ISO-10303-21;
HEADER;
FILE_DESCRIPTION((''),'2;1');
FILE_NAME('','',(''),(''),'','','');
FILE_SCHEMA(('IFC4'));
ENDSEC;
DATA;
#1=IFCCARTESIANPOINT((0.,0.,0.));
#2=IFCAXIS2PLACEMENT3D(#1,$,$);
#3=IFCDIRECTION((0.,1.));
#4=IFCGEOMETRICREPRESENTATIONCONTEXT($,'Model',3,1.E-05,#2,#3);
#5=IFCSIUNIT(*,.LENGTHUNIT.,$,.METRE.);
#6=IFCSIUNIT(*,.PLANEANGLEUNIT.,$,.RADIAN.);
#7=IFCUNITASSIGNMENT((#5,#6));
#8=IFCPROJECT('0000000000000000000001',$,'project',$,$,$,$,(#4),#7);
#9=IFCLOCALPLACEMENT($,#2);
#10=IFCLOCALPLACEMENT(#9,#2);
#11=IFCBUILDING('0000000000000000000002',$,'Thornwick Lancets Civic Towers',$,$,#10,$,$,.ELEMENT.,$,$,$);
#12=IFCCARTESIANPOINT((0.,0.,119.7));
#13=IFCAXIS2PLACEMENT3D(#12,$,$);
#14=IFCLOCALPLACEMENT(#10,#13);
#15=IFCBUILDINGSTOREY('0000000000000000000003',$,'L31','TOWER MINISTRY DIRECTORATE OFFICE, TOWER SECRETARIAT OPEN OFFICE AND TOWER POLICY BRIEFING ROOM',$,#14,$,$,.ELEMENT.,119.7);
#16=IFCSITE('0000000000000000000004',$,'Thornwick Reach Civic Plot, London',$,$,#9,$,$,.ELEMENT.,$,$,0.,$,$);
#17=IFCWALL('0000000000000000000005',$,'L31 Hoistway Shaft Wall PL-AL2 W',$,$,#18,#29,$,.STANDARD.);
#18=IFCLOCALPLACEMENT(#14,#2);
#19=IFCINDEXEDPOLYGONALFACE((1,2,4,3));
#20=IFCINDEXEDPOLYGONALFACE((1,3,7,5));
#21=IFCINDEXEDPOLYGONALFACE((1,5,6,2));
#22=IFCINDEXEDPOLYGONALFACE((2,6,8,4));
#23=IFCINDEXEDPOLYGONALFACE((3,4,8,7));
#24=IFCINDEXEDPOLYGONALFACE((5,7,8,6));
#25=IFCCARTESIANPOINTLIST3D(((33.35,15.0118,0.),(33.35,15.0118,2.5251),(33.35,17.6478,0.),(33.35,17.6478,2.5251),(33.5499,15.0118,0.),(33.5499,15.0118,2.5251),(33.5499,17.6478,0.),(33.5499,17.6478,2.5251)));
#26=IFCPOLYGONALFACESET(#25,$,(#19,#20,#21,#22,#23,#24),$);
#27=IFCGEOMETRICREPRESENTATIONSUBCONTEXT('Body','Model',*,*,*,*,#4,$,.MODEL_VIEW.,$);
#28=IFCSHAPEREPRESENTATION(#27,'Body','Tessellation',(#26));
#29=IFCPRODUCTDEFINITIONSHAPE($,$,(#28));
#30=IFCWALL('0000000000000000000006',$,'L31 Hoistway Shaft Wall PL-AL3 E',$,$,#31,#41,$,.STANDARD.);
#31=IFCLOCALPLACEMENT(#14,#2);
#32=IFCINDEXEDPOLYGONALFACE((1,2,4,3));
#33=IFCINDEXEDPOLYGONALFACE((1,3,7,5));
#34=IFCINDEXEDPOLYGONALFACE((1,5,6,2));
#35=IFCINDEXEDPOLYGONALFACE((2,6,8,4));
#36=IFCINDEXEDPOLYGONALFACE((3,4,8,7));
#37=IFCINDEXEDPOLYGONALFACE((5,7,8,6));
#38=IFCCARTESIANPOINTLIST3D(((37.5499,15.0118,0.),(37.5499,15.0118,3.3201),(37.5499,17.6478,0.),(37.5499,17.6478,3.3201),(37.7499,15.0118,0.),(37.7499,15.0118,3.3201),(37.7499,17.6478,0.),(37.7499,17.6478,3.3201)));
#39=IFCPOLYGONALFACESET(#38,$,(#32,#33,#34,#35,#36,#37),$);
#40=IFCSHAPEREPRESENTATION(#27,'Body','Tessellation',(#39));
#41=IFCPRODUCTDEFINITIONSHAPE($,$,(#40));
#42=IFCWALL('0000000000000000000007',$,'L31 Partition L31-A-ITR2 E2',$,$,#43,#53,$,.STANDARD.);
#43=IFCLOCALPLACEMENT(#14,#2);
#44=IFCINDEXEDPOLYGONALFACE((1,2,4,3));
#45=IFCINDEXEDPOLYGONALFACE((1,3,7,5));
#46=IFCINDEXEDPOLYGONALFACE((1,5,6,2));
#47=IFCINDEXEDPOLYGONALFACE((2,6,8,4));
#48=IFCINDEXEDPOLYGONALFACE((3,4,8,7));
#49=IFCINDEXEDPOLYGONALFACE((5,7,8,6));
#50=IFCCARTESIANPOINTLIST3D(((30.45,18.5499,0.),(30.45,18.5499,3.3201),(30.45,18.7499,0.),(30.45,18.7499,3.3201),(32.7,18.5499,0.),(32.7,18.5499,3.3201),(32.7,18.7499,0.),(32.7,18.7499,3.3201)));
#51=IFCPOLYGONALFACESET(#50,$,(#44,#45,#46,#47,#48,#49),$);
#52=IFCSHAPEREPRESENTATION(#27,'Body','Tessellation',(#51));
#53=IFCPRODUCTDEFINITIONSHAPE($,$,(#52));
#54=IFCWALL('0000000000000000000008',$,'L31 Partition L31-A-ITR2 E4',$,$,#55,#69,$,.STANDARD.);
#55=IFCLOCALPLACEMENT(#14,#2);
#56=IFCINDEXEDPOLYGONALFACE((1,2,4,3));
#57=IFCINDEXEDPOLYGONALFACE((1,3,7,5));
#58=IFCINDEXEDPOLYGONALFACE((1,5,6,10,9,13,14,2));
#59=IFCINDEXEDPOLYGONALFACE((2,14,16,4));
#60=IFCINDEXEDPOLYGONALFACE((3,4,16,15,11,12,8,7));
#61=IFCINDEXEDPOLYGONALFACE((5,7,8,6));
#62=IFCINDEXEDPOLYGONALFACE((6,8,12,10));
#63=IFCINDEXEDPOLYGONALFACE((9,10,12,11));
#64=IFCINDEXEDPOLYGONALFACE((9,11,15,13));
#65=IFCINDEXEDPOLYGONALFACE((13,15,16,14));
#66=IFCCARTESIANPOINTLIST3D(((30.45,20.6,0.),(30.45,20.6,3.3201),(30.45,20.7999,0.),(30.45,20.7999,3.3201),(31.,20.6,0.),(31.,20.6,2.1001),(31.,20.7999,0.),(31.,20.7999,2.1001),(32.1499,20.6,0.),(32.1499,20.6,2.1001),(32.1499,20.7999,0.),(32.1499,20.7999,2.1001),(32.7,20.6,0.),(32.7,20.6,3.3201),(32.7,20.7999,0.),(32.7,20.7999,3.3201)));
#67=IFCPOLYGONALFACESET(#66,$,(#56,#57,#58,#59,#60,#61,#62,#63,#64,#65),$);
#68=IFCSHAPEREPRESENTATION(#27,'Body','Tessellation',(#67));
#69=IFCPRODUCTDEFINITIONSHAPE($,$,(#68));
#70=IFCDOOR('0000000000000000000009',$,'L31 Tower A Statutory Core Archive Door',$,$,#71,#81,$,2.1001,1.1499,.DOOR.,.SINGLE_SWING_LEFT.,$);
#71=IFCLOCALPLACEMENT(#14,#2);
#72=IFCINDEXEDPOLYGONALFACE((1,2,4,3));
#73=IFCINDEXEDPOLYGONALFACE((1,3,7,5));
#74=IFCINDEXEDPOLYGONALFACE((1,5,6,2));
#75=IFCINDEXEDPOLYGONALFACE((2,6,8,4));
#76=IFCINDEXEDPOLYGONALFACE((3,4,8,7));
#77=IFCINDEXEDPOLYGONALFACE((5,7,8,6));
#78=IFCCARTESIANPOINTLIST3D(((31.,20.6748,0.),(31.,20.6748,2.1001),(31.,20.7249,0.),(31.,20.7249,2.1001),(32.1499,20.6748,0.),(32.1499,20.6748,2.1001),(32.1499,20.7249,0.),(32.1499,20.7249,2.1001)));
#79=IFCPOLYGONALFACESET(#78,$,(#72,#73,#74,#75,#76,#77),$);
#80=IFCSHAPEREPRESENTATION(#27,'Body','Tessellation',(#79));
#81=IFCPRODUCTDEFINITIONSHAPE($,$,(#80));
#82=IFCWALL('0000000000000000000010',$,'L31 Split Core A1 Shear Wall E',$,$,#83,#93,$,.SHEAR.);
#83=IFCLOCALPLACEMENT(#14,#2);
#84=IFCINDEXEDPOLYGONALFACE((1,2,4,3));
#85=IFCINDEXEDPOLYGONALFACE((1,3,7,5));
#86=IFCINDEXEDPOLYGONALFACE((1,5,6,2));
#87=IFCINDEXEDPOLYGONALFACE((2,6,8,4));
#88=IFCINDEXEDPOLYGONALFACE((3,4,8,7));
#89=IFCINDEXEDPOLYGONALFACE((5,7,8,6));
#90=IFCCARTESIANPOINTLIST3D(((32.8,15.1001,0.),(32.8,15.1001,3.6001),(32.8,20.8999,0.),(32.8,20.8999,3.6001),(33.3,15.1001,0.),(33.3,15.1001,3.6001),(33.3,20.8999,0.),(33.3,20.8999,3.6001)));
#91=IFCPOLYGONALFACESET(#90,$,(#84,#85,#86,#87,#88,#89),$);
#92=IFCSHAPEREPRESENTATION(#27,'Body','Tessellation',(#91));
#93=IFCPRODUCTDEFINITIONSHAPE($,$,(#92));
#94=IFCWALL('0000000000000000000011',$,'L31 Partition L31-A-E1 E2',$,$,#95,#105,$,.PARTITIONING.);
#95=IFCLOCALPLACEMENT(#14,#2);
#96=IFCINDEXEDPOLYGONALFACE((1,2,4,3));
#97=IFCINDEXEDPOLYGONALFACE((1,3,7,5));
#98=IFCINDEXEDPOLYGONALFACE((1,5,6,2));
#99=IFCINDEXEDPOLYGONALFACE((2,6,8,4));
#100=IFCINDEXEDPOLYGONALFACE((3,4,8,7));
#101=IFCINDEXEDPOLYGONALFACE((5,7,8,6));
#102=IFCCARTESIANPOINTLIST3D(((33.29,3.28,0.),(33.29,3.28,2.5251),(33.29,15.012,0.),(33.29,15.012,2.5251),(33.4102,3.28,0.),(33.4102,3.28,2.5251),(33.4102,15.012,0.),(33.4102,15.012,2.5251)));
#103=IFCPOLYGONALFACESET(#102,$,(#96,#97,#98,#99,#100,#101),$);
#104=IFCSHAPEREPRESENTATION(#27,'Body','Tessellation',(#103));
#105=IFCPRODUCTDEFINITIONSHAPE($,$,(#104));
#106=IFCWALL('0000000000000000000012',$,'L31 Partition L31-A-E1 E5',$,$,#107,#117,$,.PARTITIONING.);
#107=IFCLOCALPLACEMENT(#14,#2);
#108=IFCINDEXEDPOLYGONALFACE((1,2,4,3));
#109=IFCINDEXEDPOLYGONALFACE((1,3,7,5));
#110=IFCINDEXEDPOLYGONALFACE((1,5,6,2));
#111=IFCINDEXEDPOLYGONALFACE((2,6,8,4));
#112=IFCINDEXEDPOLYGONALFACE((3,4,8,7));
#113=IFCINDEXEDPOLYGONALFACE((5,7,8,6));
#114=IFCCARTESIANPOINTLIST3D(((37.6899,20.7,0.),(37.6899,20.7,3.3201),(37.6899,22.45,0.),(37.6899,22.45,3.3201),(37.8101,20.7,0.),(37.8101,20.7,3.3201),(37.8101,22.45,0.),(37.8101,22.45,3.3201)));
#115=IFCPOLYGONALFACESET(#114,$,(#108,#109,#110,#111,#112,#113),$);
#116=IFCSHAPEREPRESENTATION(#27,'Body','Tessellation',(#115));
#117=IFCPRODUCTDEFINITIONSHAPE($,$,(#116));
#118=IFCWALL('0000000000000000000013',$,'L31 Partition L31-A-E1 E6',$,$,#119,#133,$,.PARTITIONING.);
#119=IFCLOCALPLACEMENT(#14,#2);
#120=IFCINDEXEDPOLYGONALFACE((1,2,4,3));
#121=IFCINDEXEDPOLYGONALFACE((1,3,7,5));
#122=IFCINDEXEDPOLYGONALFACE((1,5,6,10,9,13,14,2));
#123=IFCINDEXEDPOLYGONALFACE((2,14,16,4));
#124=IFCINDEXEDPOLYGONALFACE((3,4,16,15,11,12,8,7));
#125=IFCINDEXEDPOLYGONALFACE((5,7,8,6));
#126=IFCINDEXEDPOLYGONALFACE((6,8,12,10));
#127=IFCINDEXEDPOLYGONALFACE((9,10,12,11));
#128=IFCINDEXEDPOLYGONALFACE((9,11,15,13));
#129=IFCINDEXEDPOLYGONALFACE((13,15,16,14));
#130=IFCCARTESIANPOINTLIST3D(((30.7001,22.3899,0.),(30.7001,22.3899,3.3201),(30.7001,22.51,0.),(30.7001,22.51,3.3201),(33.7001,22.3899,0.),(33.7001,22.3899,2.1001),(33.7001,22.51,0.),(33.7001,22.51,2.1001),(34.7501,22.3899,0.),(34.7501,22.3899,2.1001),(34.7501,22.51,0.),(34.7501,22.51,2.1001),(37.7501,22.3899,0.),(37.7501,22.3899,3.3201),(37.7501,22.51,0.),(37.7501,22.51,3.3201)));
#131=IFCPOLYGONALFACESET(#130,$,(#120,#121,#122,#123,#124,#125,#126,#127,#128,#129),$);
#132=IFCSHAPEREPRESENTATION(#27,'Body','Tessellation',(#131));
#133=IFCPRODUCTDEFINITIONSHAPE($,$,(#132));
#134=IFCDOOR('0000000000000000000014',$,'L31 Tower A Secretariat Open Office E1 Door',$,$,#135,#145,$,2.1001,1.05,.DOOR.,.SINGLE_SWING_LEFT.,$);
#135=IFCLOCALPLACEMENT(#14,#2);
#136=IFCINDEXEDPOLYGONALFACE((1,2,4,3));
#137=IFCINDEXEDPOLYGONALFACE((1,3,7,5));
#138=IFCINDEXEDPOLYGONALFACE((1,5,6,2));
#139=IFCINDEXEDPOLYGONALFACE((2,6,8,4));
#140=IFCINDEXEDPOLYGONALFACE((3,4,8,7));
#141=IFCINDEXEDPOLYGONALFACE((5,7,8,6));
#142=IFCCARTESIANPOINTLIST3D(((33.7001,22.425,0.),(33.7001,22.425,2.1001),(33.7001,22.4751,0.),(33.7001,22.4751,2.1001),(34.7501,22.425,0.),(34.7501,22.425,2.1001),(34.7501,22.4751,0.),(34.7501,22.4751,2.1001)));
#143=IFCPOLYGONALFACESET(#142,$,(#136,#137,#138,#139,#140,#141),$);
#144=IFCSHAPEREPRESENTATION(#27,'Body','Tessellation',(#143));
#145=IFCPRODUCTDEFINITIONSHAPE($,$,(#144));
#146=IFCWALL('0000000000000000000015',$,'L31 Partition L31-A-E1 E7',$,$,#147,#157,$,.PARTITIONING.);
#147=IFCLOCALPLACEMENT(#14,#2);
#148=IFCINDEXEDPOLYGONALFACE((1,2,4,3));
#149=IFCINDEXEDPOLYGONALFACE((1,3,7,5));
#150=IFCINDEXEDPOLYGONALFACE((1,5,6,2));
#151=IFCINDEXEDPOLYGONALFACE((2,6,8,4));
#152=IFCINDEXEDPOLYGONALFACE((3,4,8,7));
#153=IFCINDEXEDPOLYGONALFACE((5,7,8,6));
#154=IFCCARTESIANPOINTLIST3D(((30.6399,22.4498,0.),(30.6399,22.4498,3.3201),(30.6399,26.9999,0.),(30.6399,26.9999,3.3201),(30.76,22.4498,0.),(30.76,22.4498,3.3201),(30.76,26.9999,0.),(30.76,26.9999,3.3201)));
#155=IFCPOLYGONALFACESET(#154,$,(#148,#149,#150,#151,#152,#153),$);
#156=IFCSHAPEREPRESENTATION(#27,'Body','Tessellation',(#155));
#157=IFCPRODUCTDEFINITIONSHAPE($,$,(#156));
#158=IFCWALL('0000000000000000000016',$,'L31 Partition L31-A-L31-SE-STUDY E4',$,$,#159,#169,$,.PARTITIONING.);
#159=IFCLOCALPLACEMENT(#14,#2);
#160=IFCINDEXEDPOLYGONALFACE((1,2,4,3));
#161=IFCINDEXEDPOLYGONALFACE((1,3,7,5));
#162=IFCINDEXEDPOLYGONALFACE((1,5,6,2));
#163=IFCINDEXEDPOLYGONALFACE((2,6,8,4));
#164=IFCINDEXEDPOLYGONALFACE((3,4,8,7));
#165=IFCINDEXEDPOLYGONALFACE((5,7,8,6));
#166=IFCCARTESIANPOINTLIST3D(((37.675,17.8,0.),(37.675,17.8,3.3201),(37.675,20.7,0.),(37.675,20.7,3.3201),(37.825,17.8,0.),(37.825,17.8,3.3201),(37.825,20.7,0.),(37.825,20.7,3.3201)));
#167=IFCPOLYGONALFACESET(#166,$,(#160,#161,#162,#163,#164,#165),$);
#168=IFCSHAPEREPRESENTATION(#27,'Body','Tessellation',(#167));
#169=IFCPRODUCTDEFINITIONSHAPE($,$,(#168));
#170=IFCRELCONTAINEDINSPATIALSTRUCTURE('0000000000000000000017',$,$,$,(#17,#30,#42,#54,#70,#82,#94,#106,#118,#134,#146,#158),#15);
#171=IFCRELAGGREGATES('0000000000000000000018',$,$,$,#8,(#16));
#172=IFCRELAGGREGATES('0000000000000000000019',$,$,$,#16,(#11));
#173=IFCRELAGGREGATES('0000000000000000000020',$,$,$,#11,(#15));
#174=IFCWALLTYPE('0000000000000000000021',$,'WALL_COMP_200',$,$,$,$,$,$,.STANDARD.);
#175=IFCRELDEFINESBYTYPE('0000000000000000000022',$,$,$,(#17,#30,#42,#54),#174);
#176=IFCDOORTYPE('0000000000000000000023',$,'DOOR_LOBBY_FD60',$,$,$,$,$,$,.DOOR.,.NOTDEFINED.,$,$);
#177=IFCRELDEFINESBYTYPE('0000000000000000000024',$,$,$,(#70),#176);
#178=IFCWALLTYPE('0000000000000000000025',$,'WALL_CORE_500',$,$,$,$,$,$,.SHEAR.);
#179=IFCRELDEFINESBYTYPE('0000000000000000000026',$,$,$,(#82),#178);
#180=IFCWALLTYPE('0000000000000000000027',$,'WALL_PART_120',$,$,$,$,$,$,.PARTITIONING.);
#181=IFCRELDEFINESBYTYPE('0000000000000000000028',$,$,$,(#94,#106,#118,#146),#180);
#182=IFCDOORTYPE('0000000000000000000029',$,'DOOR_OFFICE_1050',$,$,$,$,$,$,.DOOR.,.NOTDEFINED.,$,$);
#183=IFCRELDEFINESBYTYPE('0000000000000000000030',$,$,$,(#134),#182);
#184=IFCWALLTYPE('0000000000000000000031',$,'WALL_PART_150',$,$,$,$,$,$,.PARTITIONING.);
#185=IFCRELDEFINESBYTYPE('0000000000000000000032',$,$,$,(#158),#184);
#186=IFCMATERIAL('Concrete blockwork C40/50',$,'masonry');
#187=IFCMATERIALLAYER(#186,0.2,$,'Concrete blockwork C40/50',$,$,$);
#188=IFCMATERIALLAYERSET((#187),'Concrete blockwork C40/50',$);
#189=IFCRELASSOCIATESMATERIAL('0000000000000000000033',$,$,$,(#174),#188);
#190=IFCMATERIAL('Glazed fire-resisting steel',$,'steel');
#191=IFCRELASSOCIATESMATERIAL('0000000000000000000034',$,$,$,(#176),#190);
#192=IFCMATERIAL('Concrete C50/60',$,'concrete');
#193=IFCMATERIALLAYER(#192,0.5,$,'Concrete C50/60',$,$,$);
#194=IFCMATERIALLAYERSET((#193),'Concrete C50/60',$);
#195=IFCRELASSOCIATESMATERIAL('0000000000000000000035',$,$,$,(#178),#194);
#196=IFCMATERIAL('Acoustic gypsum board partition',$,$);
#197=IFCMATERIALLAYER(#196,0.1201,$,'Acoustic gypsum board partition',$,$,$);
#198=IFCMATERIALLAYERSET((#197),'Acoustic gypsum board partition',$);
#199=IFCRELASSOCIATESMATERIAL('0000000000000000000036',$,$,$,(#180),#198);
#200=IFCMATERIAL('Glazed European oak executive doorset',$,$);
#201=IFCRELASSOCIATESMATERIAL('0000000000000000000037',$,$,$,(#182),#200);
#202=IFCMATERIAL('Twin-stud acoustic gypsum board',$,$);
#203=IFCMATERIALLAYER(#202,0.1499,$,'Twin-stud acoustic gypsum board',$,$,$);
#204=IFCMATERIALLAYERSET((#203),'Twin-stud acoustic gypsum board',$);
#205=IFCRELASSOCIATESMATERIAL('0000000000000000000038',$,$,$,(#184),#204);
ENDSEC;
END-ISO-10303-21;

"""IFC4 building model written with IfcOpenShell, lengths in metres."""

from ifc_helpers import new_model, si_unit, direction, frame, frame_2d, origin, place, context, subcontext, project, spatial, rectangle, extrude, material, layer, layer_set, type_object, element, fill, save


model = new_model("IFC4")

# Units and contexts
model_context = context("Model", 3, precision=1e-05, world=origin(), true_north=direction((0.0, 1.0)))
body_context = subcontext(model_context, "Body", "Model", "MODEL_VIEW")
ifc_project = project(units=[si_unit("LENGTHUNIT", "METRE"), si_unit("PLANEANGLEUNIT", "RADIAN")], contexts=[model_context])

# Site, building, storey
site_placement = place(None, origin())
site = spatial("IfcSite", under=ifc_project, at=site_placement, Name="Thornwick Reach Civic Plot, London", CompositionType="ELEMENT", RefElevation=0.0)
building_placement = place(site_placement, origin())
building = spatial("IfcBuilding", under=site, at=building_placement, Name="Thornwick Lancets Civic Towers", CompositionType="ELEMENT")
storey_placement = place(building_placement, frame((0.0, 0.0, 119.7)))
storey = spatial("IfcBuildingStorey", under=building, at=storey_placement, Name="L31", Description="TOWER MINISTRY DIRECTORATE OFFICE, TOWER SECRETARIAT OPEN OFFICE AND TOWER POLICY BRIEFING ROOM", CompositionType="ELEMENT", Elevation=119.7)

# Walls
ifc_material_1 = material(Name="Concrete blockwork C40/50", Category="masonry")
ifc_layer_1 = layer(ifc_material_1, 0.2, Name="Concrete blockwork C40/50")
ifc_layer_set_1 = layer_set([ifc_layer_1], Name="Concrete blockwork C40/50")
wall_type_1 = type_object("IfcWallType", Name="WALL_COMP_200", PredefinedType="STANDARD", material=ifc_layer_set_1)
wall_1_placement = place(storey_placement, frame((33.45, 15.012, 0.0), z_axis=(0.0, 0.0, 1.0), x_axis=(0.0, 1.0, 0.0)))
element("IfcWall", 1, at=wall_1_placement, inside=storey, type_object=wall_type_1, Name="L31 Hoistway Shaft Wall PL-AL2 W", PredefinedType="STANDARD", context=body_context, shape_type="SweptSolid", body=[
    extrude(rectangle(XDim=2.636, YDim=0.2, at=frame_2d((1.3179, 0.0))), origin(), (0.0, 0.0, 1.0), 2.5251),
])
wall_2_placement = place(storey_placement, frame((37.6499, 15.012, 0.0), z_axis=(0.0, 0.0, 1.0), x_axis=(0.0, 1.0, 0.0)))
element("IfcWall", 2, at=wall_2_placement, inside=storey, type_object=wall_type_1, Name="L31 Hoistway Shaft Wall PL-AL3 E", PredefinedType="STANDARD", context=body_context, shape_type="SweptSolid", body=[
    extrude(rectangle(XDim=2.636, YDim=0.2, at=frame_2d((1.3179, 0.0))), origin(), (0.0, 0.0, 1.0), 3.3201),
])
wall_3_placement = place(storey_placement, frame((32.7, 18.6499, 0.0), z_axis=(0.0, 0.0, 1.0), x_axis=(-1.0, 0.0, 0.0)))
element("IfcWall", 3, at=wall_3_placement, inside=storey, type_object=wall_type_1, Name="L31 Partition L31-A-ITR2 E2", PredefinedType="STANDARD", context=body_context, shape_type="SweptSolid", body=[
    extrude(rectangle(XDim=2.25, YDim=0.2, at=frame_2d((1.125, 0.0))), origin(), (0.0, 0.0, 1.0), 3.3201),
])

# Wall, opening, door
wall_4_placement = place(storey_placement, frame((30.45, 20.7, 0.0), z_axis=(0.0, 0.0, 1.0), x_axis=(1.0, 0.0, 0.0)))
wall_4 = element("IfcWall", 4, at=wall_4_placement, inside=storey, type_object=wall_type_1, Name="L31 Partition L31-A-ITR2 E4", PredefinedType="STANDARD", context=body_context, shape_type="SweptSolid", body=[
    extrude(rectangle(XDim=2.25, YDim=0.2, at=frame_2d((1.125, 0.0))), origin(), (0.0, 0.0, 1.0), 3.3201),
])
opening_1_placement = place(wall_4_placement, frame((0.55, 0.0, 0.0)))
opening_1 = element("IfcOpeningElement", 5, at=opening_1_placement, cuts=wall_4, PredefinedType="OPENING", context=body_context, shape_type="SweptSolid", body=[
    extrude(rectangle(XDim=1.1499, YDim=2.1001, at=frame_2d((0.575, 1.05))), frame((0.0, 0.1099, 0.0), z_axis=(0.0, -1.0, 0.0), x_axis=(1.0, 0.0, 0.0)), (0.0, 0.0, 1.0), 0.22),
])
ifc_material_2 = material(Name="Glazed fire-resisting steel", Category="steel")
door_type_1 = type_object("IfcDoorType", Name="DOOR_LOBBY_FD60", OperationType="NOTDEFINED", PredefinedType="DOOR", material=ifc_material_2)
door_1_placement = place(opening_1_placement, origin())
door_1 = element("IfcDoor", 6, at=door_1_placement, inside=storey, type_object=door_type_1, Name="L31 Tower A Statutory Core Archive Door", OperationType="SINGLE_SWING_LEFT", OverallHeight=2.1001, OverallWidth=1.1499, PredefinedType="DOOR", context=body_context, shape_type="SweptSolid", body=[
    extrude(rectangle(XDim=1.1499, YDim=2.1001, at=frame_2d((0.575, 1.05))), frame((0.0, 0.0249, 0.0), z_axis=(0.0, -1.0, 0.0), x_axis=(1.0, 0.0, 0.0)), (0.0, 0.0, 1.0), 0.05),
])
fill(opening_1, door_1)

# Walls
ifc_material_3 = material(Name="Concrete C50/60", Category="concrete")
ifc_layer_2 = layer(ifc_material_3, 0.5, Name="Concrete C50/60")
ifc_layer_set_2 = layer_set([ifc_layer_2], Name="Concrete C50/60")
wall_type_2 = type_object("IfcWallType", Name="WALL_CORE_500", PredefinedType="SHEAR", material=ifc_layer_set_2)
wall_5_placement = place(storey_placement, frame((33.05, 15.1001, 0.0), z_axis=(0.0, 0.0, 1.0), x_axis=(0.0, 1.0, 0.0)))
element("IfcWall", 7, at=wall_5_placement, inside=storey, type_object=wall_type_2, Name="L31 Split Core A1 Shear Wall E", PredefinedType="SHEAR", context=body_context, shape_type="SweptSolid", body=[
    extrude(rectangle(XDim=5.7998, YDim=0.5, at=frame_2d((2.8999, 0.0))), origin(), (0.0, 0.0, 1.0), 3.6001),
])
ifc_material_4 = material(Name="Acoustic gypsum board partition")
ifc_layer_3 = layer(ifc_material_4, 0.1201, Name="Acoustic gypsum board partition")
ifc_layer_set_3 = layer_set([ifc_layer_3], Name="Acoustic gypsum board partition")
wall_type_3 = type_object("IfcWallType", Name="WALL_PART_120", PredefinedType="PARTITIONING", material=ifc_layer_set_3)
wall_6_placement = place(storey_placement, frame((33.3501, 3.28, 0.0), z_axis=(0.0, 0.0, 1.0), x_axis=(0.0, 1.0, 0.0)))
element("IfcWall", 8, at=wall_6_placement, inside=storey, type_object=wall_type_3, Name="L31 Partition L31-A-E1 E2", PredefinedType="PARTITIONING", context=body_context, shape_type="SweptSolid", body=[
    extrude(rectangle(XDim=11.7319, YDim=0.1201, at=frame_2d((5.866, 0.0))), origin(), (0.0, 0.0, 1.0), 2.5251),
])
wall_7_placement = place(storey_placement, frame((37.75, 20.7, 0.0), z_axis=(0.0, 0.0, 1.0), x_axis=(0.0, 1.0, 0.0)))
element("IfcWall", 9, at=wall_7_placement, inside=storey, type_object=wall_type_3, Name="L31 Partition L31-A-E1 E5", PredefinedType="PARTITIONING", context=body_context, shape_type="SweptSolid", body=[
    extrude(rectangle(XDim=1.75, YDim=0.1201, at=frame_2d((0.875, 0.0))), origin(), (0.0, 0.0, 1.0), 3.3201),
])

# Wall, opening, door
wall_8_placement = place(storey_placement, frame((37.75, 22.45, 0.0), z_axis=(0.0, 0.0, 1.0), x_axis=(-1.0, 0.0, 0.0)))
wall_8 = element("IfcWall", 10, at=wall_8_placement, inside=storey, type_object=wall_type_3, Name="L31 Partition L31-A-E1 E6", PredefinedType="PARTITIONING", context=body_context, shape_type="SweptSolid", body=[
    extrude(rectangle(XDim=7.05, YDim=0.1201, at=frame_2d((3.5249, 0.0))), origin(), (0.0, 0.0, 1.0), 3.3201),
])
opening_2_placement = place(wall_8_placement, frame((3.0, 0.0, 0.0)))
opening_2 = element("IfcOpeningElement", 11, at=opening_2_placement, cuts=wall_8, PredefinedType="OPENING", context=body_context, shape_type="SweptSolid", body=[
    extrude(rectangle(XDim=1.05, YDim=2.1001, at=frame_2d((0.5249, 1.05))), frame((0.0, 0.0701, 0.0), z_axis=(0.0, -1.0, 0.0), x_axis=(1.0, 0.0, 0.0)), (0.0, 0.0, 1.0), 0.1401),
])
ifc_material_5 = material(Name="Glazed European oak executive doorset")
door_type_2 = type_object("IfcDoorType", Name="DOOR_OFFICE_1050", OperationType="NOTDEFINED", PredefinedType="DOOR", material=ifc_material_5)
door_2_placement = place(opening_2_placement, origin())
door_2 = element("IfcDoor", 12, at=door_2_placement, inside=storey, type_object=door_type_2, Name="L31 Tower A Secretariat Open Office E1 Door", OperationType="SINGLE_SWING_LEFT", OverallHeight=2.1001, OverallWidth=1.05, PredefinedType="DOOR", context=body_context, shape_type="SweptSolid", body=[
    extrude(rectangle(XDim=1.05, YDim=2.1001, at=frame_2d((0.5249, 1.05))), frame((0.0, 0.0249, 0.0), z_axis=(0.0, -1.0, 0.0), x_axis=(1.0, 0.0, 0.0)), (0.0, 0.0, 1.0), 0.05),
])
fill(opening_2, door_2)

# Wall
wall_9_placement = place(storey_placement, frame((30.7, 22.45, 0.0), z_axis=(0.0, 0.0, 1.0), x_axis=(0.0, 1.0, 0.0)))
element("IfcWall", 13, at=wall_9_placement, inside=storey, type_object=wall_type_3, Name="L31 Partition L31-A-E1 E7", PredefinedType="PARTITIONING", context=body_context, shape_type="SweptSolid", body=[
    extrude(rectangle(XDim=4.55, YDim=0.1201, at=frame_2d((2.2749, 0.0))), origin(), (0.0, 0.0, 1.0), 3.3201),
])

# Shared definitions
ifc_material_6 = material(Name="Twin-stud acoustic gypsum board")
ifc_layer_4 = layer(ifc_material_6, 0.1499, Name="Twin-stud acoustic gypsum board")
ifc_layer_set_4 = layer_set([ifc_layer_4], Name="Twin-stud acoustic gypsum board")
wall_type_4 = type_object("IfcWallType", Name="WALL_PART_150", PredefinedType="PARTITIONING", material=ifc_layer_set_4)

# Wall
wall_10_placement = place(storey_placement, frame((37.75, 20.7, 0.0), z_axis=(0.0, 0.0, 1.0), x_axis=(0.0, -1.0, 0.0)))
element("IfcWall", 14, at=wall_10_placement, inside=storey, type_object=wall_type_4, Name="L31 Partition L31-A-L31-SE-STUDY E4", PredefinedType="PARTITIONING", context=body_context, shape_type="SweptSolid", body=[
    extrude(rectangle(XDim=2.8999, YDim=0.1499, at=frame_2d((1.45, 0.0))), origin(), (0.0, 0.0, 1.0), 3.3201),
])

save(model, "model.ifc")
